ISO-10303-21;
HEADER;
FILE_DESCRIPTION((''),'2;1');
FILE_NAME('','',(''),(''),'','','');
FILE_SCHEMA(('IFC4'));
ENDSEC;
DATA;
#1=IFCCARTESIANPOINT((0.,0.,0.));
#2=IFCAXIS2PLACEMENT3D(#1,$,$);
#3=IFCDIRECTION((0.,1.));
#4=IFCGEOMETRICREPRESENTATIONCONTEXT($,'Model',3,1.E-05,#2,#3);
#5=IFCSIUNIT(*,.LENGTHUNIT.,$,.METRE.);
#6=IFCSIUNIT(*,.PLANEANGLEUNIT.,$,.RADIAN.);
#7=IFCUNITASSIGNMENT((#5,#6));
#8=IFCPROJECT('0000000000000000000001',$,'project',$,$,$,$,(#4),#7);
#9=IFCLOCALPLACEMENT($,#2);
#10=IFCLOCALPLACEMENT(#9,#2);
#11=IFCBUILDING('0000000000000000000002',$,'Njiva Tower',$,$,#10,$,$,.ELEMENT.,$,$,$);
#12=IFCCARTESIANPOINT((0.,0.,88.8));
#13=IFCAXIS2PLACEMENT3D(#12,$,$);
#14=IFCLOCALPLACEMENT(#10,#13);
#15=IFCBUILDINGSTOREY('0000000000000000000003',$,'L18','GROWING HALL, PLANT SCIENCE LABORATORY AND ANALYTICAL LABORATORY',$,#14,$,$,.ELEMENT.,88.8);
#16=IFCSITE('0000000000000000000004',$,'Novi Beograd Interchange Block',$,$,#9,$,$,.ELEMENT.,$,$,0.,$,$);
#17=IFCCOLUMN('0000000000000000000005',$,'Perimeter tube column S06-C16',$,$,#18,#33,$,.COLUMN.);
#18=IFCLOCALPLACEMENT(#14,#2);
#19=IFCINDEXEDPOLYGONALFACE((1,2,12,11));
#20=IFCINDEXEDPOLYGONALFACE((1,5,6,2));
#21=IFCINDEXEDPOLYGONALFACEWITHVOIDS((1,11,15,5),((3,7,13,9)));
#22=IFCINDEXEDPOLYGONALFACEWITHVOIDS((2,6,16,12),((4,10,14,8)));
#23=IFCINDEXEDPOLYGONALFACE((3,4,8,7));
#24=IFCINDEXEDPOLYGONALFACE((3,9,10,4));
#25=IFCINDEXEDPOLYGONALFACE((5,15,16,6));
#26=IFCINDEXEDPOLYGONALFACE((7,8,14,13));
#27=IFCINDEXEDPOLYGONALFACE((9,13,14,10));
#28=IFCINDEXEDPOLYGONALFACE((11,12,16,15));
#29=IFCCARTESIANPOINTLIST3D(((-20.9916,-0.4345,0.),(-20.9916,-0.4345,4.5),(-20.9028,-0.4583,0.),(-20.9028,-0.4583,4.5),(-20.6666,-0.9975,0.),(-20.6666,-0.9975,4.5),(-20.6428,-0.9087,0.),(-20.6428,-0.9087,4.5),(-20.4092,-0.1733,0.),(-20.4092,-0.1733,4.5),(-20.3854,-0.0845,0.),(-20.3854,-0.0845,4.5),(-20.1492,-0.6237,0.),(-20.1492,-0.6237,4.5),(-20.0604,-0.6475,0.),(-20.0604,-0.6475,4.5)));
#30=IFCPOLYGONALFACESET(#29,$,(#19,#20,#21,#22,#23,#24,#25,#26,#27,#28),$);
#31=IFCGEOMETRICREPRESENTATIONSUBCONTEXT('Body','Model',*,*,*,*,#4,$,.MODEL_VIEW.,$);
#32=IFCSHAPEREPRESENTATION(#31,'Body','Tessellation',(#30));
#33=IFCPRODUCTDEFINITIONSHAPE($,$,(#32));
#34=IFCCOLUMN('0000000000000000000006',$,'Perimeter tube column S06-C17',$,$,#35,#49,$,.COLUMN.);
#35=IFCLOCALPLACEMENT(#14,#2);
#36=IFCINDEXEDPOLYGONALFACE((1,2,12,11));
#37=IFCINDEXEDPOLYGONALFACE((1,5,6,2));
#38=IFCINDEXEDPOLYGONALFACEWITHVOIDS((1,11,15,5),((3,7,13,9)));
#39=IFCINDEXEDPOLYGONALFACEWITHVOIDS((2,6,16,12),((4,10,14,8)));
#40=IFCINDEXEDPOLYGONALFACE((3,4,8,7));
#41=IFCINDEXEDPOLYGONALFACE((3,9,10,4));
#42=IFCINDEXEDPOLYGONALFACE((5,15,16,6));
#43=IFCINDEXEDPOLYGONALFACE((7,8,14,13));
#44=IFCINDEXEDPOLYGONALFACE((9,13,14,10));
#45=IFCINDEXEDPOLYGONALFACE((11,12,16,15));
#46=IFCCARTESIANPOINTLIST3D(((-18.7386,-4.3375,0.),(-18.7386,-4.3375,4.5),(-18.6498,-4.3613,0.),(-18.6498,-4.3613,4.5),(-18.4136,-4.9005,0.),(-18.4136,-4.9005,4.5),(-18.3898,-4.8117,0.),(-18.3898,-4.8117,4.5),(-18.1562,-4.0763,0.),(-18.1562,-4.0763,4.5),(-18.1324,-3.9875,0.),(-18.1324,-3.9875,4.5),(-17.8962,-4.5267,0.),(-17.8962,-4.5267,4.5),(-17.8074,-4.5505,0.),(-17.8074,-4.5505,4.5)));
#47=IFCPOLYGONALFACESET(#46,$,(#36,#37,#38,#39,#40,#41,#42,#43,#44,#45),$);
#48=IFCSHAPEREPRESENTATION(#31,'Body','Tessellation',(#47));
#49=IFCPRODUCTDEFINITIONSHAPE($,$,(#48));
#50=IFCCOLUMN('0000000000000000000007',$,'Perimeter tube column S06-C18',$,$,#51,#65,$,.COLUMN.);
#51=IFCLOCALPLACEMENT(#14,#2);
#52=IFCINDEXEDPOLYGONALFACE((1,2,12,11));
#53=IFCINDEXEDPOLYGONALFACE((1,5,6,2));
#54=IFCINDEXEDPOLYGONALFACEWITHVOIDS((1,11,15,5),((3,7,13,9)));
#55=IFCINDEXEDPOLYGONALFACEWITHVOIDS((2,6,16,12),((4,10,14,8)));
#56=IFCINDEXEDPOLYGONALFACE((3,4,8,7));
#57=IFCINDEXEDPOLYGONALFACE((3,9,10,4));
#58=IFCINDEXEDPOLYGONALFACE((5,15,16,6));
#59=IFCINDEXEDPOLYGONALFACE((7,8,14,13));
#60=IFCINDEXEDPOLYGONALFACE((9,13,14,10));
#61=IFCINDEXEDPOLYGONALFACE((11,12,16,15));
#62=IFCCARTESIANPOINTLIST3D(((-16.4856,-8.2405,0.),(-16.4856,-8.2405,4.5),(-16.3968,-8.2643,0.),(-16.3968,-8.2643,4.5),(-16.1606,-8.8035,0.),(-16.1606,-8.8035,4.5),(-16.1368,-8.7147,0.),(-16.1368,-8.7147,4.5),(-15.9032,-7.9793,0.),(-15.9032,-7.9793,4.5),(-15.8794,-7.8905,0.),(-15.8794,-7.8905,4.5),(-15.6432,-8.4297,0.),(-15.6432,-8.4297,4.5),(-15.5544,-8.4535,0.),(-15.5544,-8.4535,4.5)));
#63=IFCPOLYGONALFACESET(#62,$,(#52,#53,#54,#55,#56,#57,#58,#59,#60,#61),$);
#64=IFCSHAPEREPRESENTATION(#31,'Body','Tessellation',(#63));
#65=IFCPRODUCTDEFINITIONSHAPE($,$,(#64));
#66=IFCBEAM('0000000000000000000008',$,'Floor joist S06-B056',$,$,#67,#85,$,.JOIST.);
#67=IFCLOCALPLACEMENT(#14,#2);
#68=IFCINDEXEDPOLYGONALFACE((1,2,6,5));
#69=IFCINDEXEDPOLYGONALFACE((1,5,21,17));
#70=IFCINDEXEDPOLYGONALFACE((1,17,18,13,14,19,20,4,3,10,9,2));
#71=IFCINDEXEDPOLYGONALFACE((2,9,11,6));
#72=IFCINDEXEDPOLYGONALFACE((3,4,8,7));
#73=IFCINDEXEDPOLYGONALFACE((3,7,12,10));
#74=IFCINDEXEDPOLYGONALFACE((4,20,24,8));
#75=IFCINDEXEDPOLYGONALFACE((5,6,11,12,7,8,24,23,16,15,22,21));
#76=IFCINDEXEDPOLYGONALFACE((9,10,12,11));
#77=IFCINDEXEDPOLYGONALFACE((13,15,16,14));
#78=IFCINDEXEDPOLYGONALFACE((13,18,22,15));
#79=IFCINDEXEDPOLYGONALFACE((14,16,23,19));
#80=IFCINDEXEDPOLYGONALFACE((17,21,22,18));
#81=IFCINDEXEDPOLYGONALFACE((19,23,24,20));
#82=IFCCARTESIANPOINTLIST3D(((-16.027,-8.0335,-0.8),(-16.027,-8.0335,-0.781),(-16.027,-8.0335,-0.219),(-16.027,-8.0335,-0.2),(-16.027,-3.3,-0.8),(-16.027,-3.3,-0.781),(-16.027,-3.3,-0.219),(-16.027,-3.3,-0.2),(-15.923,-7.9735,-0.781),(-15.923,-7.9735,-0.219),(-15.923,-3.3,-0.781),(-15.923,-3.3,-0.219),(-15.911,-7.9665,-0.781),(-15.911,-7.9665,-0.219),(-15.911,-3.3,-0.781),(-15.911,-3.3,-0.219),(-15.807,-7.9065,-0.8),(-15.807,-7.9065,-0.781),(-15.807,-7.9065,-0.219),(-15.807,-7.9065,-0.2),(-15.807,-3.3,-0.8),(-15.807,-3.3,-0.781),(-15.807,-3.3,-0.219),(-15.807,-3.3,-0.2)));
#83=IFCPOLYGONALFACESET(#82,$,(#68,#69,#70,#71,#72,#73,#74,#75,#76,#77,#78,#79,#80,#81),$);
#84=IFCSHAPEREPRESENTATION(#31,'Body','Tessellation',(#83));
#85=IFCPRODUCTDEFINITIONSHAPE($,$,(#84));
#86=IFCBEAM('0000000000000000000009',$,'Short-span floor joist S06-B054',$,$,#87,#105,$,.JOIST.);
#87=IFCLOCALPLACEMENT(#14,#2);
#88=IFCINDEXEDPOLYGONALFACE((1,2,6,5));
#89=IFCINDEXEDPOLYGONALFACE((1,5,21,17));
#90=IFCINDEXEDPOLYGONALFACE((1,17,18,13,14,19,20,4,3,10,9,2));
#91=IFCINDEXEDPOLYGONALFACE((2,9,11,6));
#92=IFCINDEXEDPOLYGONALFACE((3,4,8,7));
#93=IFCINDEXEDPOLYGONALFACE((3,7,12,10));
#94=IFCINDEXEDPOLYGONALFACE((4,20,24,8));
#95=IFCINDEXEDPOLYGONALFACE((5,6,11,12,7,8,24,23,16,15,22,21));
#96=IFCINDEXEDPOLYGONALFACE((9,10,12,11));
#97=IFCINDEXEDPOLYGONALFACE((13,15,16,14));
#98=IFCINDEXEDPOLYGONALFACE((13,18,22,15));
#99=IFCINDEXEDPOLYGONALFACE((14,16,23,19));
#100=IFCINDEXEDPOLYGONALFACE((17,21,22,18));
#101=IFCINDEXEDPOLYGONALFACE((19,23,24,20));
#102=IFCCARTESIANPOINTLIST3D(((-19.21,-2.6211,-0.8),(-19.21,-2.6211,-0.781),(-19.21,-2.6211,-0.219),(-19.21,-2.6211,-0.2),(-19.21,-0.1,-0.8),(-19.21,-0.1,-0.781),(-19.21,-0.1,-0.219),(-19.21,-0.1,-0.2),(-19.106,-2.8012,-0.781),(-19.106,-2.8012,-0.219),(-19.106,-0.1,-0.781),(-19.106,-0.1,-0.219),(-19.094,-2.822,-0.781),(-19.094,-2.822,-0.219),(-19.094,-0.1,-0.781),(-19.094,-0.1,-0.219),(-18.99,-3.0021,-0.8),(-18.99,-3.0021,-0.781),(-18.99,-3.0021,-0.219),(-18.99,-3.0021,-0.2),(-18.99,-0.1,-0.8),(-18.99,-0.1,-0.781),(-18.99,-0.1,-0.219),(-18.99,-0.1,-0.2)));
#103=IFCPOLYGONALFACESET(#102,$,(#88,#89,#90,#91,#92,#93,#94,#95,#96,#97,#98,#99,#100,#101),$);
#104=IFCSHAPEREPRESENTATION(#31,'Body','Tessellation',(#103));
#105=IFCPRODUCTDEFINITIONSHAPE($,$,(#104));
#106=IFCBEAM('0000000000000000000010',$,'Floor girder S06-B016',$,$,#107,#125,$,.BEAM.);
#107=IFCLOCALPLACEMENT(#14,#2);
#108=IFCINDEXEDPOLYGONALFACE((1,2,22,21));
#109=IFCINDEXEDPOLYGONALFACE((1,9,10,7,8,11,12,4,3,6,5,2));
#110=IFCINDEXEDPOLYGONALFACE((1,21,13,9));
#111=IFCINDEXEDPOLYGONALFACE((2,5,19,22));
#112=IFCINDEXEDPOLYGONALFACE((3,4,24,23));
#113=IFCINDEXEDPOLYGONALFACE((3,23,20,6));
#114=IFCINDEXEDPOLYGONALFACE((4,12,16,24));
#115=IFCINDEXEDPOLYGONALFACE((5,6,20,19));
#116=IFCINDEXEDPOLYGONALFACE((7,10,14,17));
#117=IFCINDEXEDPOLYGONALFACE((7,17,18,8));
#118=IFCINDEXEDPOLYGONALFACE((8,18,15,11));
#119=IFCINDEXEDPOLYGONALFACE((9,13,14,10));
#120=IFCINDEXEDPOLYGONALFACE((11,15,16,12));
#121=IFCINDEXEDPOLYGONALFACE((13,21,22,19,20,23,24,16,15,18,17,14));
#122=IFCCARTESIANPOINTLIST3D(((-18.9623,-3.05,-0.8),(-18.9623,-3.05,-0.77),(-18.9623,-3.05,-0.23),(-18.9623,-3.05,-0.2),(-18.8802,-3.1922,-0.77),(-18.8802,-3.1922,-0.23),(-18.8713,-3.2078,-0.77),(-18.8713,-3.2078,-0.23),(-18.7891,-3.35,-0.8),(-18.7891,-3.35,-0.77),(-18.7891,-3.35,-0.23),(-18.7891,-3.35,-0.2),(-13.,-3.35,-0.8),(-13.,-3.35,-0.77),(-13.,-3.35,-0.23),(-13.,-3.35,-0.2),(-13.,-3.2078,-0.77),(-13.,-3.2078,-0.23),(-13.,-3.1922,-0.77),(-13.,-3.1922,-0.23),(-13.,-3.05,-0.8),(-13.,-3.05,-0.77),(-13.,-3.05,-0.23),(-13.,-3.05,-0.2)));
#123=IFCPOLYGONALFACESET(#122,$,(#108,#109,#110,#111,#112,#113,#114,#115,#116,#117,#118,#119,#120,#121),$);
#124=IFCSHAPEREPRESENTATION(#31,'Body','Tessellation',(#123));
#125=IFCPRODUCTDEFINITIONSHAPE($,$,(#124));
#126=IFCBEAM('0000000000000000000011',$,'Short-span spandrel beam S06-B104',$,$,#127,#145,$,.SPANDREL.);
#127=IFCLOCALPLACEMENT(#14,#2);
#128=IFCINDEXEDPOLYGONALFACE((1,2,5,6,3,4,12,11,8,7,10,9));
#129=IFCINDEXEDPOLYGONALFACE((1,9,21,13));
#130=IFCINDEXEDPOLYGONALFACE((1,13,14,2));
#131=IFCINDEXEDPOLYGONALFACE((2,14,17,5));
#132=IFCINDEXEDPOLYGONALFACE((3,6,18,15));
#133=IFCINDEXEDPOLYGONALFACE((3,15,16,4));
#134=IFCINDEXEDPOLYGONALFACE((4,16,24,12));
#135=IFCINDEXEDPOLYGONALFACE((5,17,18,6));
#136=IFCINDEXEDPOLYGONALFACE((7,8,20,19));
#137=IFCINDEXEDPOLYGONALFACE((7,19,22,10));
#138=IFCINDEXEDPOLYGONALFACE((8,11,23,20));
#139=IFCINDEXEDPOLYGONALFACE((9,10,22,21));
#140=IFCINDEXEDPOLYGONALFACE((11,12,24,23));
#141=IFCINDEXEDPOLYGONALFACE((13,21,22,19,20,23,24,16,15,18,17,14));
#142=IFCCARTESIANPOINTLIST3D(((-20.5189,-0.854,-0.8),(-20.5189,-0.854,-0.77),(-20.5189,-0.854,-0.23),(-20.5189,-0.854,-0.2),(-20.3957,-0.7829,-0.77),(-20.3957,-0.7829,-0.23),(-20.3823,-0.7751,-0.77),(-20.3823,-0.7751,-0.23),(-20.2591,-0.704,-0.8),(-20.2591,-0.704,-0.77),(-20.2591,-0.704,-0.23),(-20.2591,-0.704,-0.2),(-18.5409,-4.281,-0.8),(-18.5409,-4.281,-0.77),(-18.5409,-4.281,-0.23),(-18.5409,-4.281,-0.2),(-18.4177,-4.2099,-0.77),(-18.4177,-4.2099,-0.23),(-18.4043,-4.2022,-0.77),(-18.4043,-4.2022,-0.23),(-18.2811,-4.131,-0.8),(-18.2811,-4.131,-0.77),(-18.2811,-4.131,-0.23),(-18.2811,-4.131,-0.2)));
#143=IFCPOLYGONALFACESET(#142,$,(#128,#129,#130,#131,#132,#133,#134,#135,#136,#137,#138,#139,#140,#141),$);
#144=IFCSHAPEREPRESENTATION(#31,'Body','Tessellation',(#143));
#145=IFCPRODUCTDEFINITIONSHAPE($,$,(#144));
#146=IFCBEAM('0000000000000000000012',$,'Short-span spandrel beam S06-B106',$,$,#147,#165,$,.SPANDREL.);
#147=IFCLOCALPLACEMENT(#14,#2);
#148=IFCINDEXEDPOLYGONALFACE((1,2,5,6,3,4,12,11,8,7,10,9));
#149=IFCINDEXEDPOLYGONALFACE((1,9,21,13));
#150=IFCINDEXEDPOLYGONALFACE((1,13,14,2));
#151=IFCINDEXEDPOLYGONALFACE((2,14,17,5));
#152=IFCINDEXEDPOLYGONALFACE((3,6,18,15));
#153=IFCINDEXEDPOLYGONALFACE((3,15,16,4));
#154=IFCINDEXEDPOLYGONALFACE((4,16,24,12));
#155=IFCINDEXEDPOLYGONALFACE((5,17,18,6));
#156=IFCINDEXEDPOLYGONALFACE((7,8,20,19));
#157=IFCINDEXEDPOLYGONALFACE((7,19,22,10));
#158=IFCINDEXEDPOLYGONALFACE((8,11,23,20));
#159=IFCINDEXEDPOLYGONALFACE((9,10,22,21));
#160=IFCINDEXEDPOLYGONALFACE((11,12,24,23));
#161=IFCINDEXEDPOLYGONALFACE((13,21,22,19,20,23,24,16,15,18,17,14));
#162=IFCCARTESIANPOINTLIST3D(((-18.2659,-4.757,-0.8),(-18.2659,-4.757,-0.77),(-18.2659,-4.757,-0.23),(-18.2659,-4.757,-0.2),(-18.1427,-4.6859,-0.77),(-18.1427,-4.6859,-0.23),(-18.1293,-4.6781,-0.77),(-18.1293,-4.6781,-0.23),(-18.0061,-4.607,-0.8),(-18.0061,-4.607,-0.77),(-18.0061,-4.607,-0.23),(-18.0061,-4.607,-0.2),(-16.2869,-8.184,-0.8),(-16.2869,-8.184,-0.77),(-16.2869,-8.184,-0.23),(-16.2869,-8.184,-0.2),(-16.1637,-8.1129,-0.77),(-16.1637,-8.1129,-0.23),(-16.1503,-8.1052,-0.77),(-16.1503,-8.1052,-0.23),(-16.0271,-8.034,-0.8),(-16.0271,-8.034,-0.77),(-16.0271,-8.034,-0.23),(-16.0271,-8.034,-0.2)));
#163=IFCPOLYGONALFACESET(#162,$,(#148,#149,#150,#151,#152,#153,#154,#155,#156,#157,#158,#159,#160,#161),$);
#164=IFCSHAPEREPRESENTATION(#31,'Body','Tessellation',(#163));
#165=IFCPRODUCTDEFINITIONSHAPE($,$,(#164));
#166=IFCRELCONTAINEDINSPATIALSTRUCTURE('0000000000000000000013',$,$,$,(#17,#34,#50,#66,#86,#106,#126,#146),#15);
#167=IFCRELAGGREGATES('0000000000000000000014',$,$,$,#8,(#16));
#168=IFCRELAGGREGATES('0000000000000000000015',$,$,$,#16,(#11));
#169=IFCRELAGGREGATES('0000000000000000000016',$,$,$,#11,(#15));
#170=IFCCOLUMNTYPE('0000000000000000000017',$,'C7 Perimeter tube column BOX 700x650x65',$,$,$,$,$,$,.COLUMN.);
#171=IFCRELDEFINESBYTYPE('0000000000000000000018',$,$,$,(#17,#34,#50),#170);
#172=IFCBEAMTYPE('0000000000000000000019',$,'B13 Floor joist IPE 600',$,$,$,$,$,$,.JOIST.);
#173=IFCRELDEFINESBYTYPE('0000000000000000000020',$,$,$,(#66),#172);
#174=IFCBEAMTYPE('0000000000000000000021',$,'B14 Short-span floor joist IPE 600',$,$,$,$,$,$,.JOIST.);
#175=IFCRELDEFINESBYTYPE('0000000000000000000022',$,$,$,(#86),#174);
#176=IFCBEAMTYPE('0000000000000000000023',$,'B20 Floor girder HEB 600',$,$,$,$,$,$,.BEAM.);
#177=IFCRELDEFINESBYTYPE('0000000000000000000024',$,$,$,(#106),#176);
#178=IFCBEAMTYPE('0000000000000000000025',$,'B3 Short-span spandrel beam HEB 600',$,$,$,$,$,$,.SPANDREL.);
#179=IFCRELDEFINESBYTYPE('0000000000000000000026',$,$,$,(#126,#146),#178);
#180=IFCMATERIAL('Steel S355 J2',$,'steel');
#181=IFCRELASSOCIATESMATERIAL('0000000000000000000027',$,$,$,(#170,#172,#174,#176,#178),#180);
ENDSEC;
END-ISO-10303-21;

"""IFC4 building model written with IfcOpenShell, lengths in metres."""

from ifc_helpers import new_model, si_unit, direction, frame, origin, origin_2d, place, context, subcontext, project, spatial, hollow_rectangle, i_section, extrude, clip, halfspace, material, material_profile, profile_set, type_object, element, save


model = new_model("IFC4")

# Units and contexts
model_context = context("Model", 3, precision=1e-05, world=origin(), true_north=direction((0.0, 1.0)))
body_context = subcontext(model_context, "Body", "Model", "MODEL_VIEW")
ifc_project = project(units=[si_unit("LENGTHUNIT", "METRE"), si_unit("PLANEANGLEUNIT", "RADIAN")], contexts=[model_context])

# Site, building, storey
site_placement = place(None, origin())
site = spatial("IfcSite", under=ifc_project, at=site_placement, Name="Novi Beograd Interchange Block", CompositionType="ELEMENT", RefElevation=0.0)
building_placement = place(site_placement, origin())
building = spatial("IfcBuilding", under=site, at=building_placement, Name="Njiva Tower", CompositionType="ELEMENT")
storey_placement = place(building_placement, frame((0.0, 0.0, 88.8)))
storey = spatial("IfcBuildingStorey", under=building, at=storey_placement, Name="L18", Description="GROWING HALL, PLANT SCIENCE LABORATORY AND ANALYTICAL LABORATORY", CompositionType="ELEMENT", Elevation=88.8)

# Columns
ifc_material_1 = material(Name="Steel S355 J2", Category="steel")
ifc_material_profile_1 = material_profile(ifc_material_1, hollow_rectangle(XDim=0.65, YDim=0.7, WallThickness=0.065, at=origin_2d()), Name="BOX 700x650x65")
ifc_profile_set_1 = profile_set([ifc_material_profile_1], Name="Steel S355 J2")
column_type = type_object("IfcColumnType", Name="C7 Perimeter tube column BOX 700x650x65", PredefinedType="COLUMN", material=ifc_profile_set_1)
for number, where, z_axis, x_axis, name in (
    (1, (-20.526, -0.541, 0.0), (0.0, 0.0, 1.0), (0.5, -0.866025, 0.0), "Perimeter tube column S06-C16"),
    (2, (-18.273, -4.444, 0.0), (0.0, 0.0, 1.0), (0.5, -0.866025, 0.0), "Perimeter tube column S06-C17"),
    (3, (-16.02, -8.347, 0.0), (0.0, 0.0, 1.0), (0.5, -0.866025, 0.0), "Perimeter tube column S06-C18"),
):
    element("IfcColumn", number, at=place(storey_placement, frame(where, z_axis=z_axis, x_axis=x_axis)), inside=storey, type_object=column_type, Name=name, PredefinedType="COLUMN", context=body_context, shape_type="SweptSolid", body=[
        extrude(hollow_rectangle(XDim=0.65, YDim=0.7, WallThickness=0.065, at=origin_2d()), origin(), (0.0, 0.0, 1.0), 4.5),
    ])

# Beams
ifc_material_profile_2 = material_profile(ifc_material_1, i_section(OverallWidth=0.22, OverallDepth=0.6, WebThickness=0.012, FlangeThickness=0.019, at=origin_2d()), Name="IPE 600")
ifc_profile_set_2 = profile_set([ifc_material_profile_2], Name="Steel S355 J2")
beam_type_1 = type_object("IfcBeamType", Name="B13 Floor joist IPE 600", PredefinedType="JOIST", material=ifc_profile_set_2)
beam_1_placement = place(storey_placement, frame((-15.917, -3.3, -0.5), z_axis=(0.0, -1.0, 0.0), x_axis=(1.0, 0.0, 0.0)))
element("IfcBeam", 4, at=beam_1_placement, inside=storey, type_object=beam_type_1, Name="Floor joist S06-B056", PredefinedType="JOIST", context=body_context, shape_type="Clipping", body=[
    clip(extrude(i_section(OverallWidth=0.22, OverallDepth=0.6, WebThickness=0.012, FlangeThickness=0.019, at=origin_2d()), origin(), (0.0, 0.0, 1.0), 4.754), halfspace(frame((0.0253, 0.0, 4.6554), z_axis=(0.499998, 0.0, 0.866027), x_axis=(0.0, 1.0, 0.0)), False)),
])
ifc_material_profile_3 = material_profile(ifc_material_1, i_section(OverallWidth=0.22, OverallDepth=0.6, WebThickness=0.012, FlangeThickness=0.019, at=origin_2d()), Name="IPE 600")
ifc_profile_set_3 = profile_set([ifc_material_profile_3], Name="Steel S355 J2")
beam_type_2 = type_object("IfcBeamType", Name="B14 Short-span floor joist IPE 600", PredefinedType="JOIST", material=ifc_profile_set_3)
beam_2_placement = place(storey_placement, frame((-19.1, -0.1, -0.5), z_axis=(0.0, -1.0, 0.0), x_axis=(1.0, 0.0, 0.0)))
element("IfcBeam", 5, at=beam_2_placement, inside=storey, type_object=beam_type_2, Name="Short-span floor joist S06-B054", PredefinedType="JOIST", context=body_context, shape_type="Clipping", body=[
    clip(extrude(i_section(OverallWidth=0.22, OverallDepth=0.6, WebThickness=0.012, FlangeThickness=0.019, at=origin_2d()), origin(), (0.0, 0.0, 1.0), 2.923), halfspace(frame((-0.0433, 0.0, 2.6366), z_axis=(-0.866027, 0.0, 0.499998), x_axis=(0.0, 1.0, 0.0)), False)),
])
ifc_material_profile_4 = material_profile(ifc_material_1, i_section(OverallWidth=0.3, OverallDepth=0.6, WebThickness=0.0155, FlangeThickness=0.03, at=origin_2d()), Name="HEB 600")
ifc_profile_set_4 = profile_set([ifc_material_profile_4], Name="Steel S355 J2")
beam_type_3 = type_object("IfcBeamType", Name="B20 Floor girder HEB 600", PredefinedType="BEAM", material=ifc_profile_set_4)
beam_3_placement = place(storey_placement, frame((-18.983, -3.2, -0.5), z_axis=(1.0, 0.0, 0.0), x_axis=(0.0, 1.0, 0.0)))
element("IfcBeam", 6, at=beam_3_placement, inside=storey, type_object=beam_type_3, Name="Floor girder S06-B016", PredefinedType="BEAM", context=body_context, shape_type="Clipping", body=[
    clip(extrude(i_section(OverallWidth=0.3, OverallDepth=0.6, WebThickness=0.0155, FlangeThickness=0.03, at=origin_2d()), origin(), (0.0, 0.0, 1.0), 5.983), halfspace(frame((-0.025, 0.0, 0.1217), z_axis=(-0.499998, 0.0, -0.866027), x_axis=(0.0, -1.0, 0.0)), False)),
])
ifc_material_profile_5 = material_profile(ifc_material_1, i_section(OverallWidth=0.3, OverallDepth=0.6, WebThickness=0.0155, FlangeThickness=0.03, at=origin_2d()), Name="HEB 600")
ifc_profile_set_5 = profile_set([ifc_material_profile_5], Name="Steel S355 J2")
beam_type_4 = type_object("IfcBeamType", Name="B3 Short-span spandrel beam HEB 600", PredefinedType="SPANDREL", material=ifc_profile_set_5)
beam_4_placement = place(storey_placement, frame((-20.389, -0.779, -0.5), z_axis=(0.49989, -0.866089, 0.0), x_axis=(0.866089, 0.49989, 0.0)))
element("IfcBeam", 7, at=beam_4_placement, inside=storey, type_object=beam_type_4, Name="Short-span spandrel beam S06-B104", PredefinedType="SPANDREL", context=body_context, shape_type="SweptSolid", body=[
    extrude(i_section(OverallWidth=0.3, OverallDepth=0.6, WebThickness=0.0155, FlangeThickness=0.03, at=origin_2d()), origin(), (0.0, 0.0, 1.0), 3.9569),
])
beam_5_placement = place(storey_placement, frame((-18.136, -4.682, -0.5), z_axis=(0.50008, -0.865979, 0.0), x_axis=(0.865979, 0.50008, 0.0)))
element("IfcBeam", 8, at=beam_5_placement, inside=storey, type_object=beam_type_4, Name="Short-span spandrel beam S06-B106", PredefinedType="SPANDREL", context=body_context, shape_type="SweptSolid", body=[
    extrude(i_section(OverallWidth=0.3, OverallDepth=0.6, WebThickness=0.0155, FlangeThickness=0.03, at=origin_2d()), origin(), (0.0, 0.0, 1.0), 3.9574),
])

save(model, "model.ifc")
